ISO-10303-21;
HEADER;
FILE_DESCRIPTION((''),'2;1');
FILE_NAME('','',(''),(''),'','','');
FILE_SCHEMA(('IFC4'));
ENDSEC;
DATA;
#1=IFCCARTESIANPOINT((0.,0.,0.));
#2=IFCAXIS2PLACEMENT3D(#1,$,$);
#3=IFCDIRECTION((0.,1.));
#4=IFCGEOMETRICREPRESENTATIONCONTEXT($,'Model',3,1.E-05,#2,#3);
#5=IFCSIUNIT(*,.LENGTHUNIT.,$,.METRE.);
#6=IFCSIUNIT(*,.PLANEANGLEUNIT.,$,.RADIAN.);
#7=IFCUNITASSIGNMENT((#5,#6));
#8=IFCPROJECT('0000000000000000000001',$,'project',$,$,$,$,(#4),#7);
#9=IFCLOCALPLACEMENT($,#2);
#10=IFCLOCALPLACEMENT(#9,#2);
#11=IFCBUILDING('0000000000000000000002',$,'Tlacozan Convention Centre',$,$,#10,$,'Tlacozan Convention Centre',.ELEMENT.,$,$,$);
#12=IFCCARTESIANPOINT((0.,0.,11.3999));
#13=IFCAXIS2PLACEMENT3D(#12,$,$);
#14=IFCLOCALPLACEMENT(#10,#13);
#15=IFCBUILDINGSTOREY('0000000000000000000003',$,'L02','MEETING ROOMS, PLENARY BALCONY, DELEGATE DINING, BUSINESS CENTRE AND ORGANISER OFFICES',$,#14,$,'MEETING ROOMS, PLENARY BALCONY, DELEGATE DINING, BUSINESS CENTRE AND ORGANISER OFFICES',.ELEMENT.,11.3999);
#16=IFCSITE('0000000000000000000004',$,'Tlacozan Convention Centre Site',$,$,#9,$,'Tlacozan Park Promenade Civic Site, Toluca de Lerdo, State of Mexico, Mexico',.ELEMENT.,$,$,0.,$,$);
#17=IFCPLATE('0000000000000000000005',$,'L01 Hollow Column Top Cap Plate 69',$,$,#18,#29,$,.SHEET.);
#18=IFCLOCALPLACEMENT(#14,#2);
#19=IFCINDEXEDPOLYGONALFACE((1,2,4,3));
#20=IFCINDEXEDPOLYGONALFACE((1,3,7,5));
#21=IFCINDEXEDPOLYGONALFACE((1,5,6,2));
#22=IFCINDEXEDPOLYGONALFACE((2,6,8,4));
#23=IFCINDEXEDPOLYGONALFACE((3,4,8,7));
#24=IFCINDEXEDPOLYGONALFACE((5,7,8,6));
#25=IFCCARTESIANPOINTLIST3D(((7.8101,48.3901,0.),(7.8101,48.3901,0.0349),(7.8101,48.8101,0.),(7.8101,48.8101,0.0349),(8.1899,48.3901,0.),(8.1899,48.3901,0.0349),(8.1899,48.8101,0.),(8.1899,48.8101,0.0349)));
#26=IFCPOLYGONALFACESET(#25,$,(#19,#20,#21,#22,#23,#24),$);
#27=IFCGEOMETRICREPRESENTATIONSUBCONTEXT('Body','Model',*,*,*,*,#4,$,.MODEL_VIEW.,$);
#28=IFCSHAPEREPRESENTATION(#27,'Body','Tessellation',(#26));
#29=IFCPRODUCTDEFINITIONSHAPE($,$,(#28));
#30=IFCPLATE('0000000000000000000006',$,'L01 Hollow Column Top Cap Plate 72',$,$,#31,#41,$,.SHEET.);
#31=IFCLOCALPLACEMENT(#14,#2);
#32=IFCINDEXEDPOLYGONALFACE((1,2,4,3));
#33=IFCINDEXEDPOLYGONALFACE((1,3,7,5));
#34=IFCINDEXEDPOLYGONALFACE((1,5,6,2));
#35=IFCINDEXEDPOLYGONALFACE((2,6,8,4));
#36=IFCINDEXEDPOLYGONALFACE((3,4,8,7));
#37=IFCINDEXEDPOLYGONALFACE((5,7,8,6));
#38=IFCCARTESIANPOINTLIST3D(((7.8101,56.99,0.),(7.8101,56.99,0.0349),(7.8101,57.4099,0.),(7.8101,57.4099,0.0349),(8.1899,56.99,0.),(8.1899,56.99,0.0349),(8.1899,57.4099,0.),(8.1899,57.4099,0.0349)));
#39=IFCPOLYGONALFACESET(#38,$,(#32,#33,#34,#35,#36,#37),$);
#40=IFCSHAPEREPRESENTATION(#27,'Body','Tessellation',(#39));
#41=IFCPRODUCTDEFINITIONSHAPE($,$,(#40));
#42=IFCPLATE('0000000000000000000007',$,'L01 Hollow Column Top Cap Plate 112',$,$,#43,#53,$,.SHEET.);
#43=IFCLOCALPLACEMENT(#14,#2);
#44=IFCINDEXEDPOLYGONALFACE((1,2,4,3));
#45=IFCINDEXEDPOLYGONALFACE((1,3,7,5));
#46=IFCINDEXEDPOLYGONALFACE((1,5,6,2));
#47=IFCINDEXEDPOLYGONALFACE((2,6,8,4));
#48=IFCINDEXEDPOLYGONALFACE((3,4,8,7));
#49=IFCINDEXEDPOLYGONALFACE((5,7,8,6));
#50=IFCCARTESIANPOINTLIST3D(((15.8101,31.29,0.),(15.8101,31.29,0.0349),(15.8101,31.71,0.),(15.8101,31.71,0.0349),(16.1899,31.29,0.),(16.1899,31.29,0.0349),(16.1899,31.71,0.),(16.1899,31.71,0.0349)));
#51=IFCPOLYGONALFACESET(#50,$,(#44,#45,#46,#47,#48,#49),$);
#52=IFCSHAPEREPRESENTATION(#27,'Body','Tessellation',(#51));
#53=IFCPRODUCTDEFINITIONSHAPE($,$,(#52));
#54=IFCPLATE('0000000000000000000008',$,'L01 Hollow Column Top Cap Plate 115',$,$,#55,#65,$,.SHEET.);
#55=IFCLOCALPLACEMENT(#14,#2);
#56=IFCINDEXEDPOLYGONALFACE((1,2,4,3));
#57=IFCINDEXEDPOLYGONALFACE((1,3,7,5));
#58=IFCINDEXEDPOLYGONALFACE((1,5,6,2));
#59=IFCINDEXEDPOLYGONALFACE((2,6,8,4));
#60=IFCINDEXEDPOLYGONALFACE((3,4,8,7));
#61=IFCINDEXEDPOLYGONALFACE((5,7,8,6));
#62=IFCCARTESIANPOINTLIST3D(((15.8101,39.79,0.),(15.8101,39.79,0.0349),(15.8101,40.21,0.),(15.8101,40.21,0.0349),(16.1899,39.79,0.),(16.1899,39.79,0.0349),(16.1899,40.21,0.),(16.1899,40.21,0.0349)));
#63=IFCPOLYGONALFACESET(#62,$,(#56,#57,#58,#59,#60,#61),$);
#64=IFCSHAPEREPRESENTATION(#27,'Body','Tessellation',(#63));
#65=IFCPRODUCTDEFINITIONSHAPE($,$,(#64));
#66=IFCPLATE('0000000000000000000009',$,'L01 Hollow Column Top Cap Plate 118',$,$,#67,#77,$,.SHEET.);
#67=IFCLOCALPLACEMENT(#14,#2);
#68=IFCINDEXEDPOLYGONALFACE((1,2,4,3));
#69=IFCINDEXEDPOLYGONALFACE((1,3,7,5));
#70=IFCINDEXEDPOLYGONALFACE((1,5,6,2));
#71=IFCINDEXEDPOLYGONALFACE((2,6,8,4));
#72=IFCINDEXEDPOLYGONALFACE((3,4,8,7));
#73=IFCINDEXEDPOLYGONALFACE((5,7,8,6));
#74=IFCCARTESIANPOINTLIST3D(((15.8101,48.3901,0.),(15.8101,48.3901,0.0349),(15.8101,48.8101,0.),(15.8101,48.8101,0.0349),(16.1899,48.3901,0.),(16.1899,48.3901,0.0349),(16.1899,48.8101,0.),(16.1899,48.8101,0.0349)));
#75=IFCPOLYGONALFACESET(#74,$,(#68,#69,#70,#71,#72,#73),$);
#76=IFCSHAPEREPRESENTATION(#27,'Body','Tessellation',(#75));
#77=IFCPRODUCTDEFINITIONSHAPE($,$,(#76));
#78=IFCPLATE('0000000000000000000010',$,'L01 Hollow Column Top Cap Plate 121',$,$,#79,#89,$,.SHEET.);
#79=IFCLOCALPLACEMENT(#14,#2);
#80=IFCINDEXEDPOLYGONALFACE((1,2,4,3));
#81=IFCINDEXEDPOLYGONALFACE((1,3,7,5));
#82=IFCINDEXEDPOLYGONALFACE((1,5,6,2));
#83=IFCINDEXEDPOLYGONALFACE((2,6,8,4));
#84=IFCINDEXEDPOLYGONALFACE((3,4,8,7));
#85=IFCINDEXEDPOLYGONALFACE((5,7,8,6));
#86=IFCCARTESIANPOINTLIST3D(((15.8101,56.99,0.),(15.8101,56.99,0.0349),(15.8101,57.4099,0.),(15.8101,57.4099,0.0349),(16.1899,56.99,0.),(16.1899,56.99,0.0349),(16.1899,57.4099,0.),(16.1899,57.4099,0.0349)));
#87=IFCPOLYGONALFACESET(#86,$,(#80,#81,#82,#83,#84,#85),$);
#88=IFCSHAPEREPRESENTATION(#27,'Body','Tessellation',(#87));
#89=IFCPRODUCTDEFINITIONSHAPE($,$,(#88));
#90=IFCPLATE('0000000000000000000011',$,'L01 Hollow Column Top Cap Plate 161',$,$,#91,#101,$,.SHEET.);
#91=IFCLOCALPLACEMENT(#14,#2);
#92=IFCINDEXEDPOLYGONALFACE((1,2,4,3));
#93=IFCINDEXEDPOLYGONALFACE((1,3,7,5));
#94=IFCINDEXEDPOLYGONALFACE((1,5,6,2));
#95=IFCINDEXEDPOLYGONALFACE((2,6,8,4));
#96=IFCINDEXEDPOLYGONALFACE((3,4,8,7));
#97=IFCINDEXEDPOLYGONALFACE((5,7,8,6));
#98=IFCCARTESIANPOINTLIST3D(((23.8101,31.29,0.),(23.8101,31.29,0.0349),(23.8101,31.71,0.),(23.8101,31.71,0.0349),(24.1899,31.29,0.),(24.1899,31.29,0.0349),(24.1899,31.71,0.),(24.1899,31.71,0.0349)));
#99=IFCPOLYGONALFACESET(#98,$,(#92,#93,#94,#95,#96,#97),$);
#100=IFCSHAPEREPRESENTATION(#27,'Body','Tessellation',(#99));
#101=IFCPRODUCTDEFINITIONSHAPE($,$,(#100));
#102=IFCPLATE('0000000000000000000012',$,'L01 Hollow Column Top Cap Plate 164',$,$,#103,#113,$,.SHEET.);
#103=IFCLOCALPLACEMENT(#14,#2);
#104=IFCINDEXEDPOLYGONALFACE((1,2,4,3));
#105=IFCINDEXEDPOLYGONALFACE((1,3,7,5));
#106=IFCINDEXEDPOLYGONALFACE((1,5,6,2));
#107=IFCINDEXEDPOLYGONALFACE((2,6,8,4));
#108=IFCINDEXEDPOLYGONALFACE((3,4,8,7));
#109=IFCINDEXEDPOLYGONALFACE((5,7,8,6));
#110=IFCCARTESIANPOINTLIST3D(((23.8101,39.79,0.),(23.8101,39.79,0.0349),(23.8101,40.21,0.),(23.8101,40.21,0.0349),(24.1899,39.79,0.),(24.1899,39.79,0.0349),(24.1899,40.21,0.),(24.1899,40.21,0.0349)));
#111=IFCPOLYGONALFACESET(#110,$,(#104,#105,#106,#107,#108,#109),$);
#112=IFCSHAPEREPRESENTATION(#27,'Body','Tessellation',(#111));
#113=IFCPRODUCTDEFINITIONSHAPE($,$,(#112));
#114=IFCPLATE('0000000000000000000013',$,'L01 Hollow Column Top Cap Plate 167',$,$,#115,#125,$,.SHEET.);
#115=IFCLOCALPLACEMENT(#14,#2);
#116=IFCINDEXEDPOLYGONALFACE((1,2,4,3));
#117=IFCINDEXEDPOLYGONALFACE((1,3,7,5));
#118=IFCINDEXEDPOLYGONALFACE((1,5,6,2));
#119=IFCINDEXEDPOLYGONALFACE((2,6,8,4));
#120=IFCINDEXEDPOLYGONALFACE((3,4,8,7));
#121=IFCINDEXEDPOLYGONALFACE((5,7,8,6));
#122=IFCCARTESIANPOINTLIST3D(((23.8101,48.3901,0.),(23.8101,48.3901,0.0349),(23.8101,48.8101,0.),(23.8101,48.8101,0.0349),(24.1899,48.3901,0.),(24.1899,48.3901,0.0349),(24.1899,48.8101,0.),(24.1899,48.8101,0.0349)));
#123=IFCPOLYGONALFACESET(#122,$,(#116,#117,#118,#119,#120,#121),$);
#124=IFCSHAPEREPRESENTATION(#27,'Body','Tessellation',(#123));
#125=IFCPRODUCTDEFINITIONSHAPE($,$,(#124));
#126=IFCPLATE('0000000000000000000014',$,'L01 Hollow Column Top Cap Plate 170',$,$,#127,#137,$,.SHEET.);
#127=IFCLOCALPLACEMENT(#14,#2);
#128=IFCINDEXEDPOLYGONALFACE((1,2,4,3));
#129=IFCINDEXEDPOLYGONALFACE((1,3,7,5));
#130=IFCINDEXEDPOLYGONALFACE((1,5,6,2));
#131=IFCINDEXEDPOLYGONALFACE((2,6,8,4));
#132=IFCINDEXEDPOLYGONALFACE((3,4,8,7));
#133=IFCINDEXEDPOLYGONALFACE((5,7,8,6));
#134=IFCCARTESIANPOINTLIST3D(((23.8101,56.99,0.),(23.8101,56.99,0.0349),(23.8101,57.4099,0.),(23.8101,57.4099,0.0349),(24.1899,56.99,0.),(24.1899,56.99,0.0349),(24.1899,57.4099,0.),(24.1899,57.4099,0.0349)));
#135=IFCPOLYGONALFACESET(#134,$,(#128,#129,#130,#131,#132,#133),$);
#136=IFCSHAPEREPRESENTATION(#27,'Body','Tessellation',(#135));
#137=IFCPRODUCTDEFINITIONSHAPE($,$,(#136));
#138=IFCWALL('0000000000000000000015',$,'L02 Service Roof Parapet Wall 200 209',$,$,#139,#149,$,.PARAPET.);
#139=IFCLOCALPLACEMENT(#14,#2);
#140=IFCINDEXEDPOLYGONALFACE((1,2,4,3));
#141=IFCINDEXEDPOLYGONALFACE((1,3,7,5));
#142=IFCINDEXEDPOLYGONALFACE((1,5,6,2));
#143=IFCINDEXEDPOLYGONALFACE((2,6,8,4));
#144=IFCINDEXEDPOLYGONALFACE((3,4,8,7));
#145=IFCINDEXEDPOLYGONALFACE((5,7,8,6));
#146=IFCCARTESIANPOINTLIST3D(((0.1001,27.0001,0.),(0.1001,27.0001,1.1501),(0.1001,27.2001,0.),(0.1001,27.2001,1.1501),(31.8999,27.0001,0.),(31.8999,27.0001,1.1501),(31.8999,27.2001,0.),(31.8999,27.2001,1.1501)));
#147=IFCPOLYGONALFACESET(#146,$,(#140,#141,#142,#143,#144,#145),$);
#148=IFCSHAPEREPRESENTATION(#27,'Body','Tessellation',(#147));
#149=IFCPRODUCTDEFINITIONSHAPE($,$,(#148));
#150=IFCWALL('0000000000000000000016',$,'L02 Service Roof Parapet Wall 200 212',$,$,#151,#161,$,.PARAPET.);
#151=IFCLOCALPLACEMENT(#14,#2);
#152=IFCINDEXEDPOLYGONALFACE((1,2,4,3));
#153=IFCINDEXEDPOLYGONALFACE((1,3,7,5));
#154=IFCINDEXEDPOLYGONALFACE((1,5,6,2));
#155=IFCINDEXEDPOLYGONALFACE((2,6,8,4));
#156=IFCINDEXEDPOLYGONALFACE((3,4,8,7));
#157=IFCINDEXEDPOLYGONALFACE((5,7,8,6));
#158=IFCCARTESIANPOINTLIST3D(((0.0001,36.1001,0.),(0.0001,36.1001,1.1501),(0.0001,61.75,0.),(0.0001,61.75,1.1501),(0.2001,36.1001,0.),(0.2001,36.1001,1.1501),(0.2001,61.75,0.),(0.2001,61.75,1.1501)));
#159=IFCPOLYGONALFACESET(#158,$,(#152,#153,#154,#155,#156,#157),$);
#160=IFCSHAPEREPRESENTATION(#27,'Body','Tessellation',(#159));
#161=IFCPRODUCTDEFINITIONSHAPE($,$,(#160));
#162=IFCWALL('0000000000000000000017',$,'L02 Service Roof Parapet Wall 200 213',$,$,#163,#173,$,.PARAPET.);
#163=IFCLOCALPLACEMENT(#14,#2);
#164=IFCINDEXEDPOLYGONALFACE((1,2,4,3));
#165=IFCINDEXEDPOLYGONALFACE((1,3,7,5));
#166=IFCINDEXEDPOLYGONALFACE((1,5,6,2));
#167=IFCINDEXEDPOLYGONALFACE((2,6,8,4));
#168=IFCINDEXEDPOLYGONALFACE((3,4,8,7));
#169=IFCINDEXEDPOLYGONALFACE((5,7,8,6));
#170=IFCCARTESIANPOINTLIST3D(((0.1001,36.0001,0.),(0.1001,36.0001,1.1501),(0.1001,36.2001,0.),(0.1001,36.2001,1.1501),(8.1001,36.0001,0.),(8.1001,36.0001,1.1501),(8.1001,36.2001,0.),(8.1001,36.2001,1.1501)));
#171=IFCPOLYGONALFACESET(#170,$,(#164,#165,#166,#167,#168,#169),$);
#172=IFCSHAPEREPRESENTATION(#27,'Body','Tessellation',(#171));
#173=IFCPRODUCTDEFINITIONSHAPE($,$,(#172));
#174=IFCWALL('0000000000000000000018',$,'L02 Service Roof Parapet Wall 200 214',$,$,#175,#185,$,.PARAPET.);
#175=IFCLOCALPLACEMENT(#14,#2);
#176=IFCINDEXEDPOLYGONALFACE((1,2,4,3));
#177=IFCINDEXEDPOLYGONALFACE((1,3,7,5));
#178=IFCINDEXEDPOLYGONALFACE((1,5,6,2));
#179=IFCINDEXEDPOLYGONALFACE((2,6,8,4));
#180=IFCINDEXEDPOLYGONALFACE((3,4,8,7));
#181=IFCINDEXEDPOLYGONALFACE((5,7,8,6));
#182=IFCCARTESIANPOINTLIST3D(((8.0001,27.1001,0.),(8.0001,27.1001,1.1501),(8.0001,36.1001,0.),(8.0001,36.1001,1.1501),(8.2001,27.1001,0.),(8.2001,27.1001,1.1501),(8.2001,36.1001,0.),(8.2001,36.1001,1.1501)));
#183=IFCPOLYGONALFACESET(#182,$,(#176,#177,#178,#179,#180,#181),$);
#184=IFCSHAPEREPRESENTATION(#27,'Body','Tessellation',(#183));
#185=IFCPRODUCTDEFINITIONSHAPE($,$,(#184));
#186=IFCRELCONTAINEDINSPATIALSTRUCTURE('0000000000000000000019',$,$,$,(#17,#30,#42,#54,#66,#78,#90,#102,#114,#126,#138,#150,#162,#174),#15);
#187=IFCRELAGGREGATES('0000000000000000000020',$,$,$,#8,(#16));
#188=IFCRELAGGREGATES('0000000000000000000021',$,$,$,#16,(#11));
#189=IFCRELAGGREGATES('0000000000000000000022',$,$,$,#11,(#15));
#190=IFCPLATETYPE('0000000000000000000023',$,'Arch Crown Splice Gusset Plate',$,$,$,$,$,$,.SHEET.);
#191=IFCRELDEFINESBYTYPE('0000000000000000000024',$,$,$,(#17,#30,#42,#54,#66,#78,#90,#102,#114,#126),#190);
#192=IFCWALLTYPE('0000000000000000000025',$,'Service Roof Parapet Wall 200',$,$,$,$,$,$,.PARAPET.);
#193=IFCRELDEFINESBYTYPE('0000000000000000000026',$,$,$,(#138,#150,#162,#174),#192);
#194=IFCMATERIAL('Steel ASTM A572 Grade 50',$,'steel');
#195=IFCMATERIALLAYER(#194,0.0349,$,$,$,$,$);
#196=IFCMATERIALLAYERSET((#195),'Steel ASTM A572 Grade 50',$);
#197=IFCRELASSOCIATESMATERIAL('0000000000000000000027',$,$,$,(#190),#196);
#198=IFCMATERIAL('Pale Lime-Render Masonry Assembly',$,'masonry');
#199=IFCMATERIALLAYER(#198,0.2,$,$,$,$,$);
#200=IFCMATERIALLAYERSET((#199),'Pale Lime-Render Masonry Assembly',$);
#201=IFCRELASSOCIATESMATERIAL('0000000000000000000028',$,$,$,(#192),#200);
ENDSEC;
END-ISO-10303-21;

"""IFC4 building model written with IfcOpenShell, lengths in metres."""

from ifc_helpers import new_model, si_unit, direction, frame, frame_2d, origin, origin_2d, place, context, subcontext, project, spatial, rectangle, extrude, material, layer, layer_set, type_object, element, save


model = new_model("IFC4")

# Units and contexts
model_context = context("Model", 3, precision=1e-05, world=origin(), true_north=direction((0.0, 1.0)))
body_context = subcontext(model_context, "Body", "Model", "MODEL_VIEW")
ifc_project = project(units=[si_unit("LENGTHUNIT", "METRE"), si_unit("PLANEANGLEUNIT", "RADIAN")], contexts=[model_context])

# Site, building, storey
site_placement = place(None, origin())
site = spatial("IfcSite", under=ifc_project, at=site_placement, Name="Tlacozan Convention Centre Site", LongName="Tlacozan Park Promenade Civic Site, Toluca de Lerdo, State of Mexico, Mexico", CompositionType="ELEMENT", RefElevation=0.0)
building_placement = place(site_placement, origin())
building = spatial("IfcBuilding", under=site, at=building_placement, Name="Tlacozan Convention Centre", LongName="Tlacozan Convention Centre", CompositionType="ELEMENT")
storey_placement = place(building_placement, frame((0.0, 0.0, 11.3999)))
storey = spatial("IfcBuildingStorey", under=building, at=storey_placement, Name="L02", Description="MEETING ROOMS, PLENARY BALCONY, DELEGATE DINING, BUSINESS CENTRE AND ORGANISER OFFICES", LongName="MEETING ROOMS, PLENARY BALCONY, DELEGATE DINING, BUSINESS CENTRE AND ORGANISER OFFICES", CompositionType="ELEMENT", Elevation=11.3999)

# Plates
ifc_material_1 = material(Name="Steel ASTM A572 Grade 50", Category="steel")
ifc_layer_1 = layer(ifc_material_1, 0.0349)
ifc_layer_set_1 = layer_set([ifc_layer_1], Name="Steel ASTM A572 Grade 50")
plate_type = type_object("IfcPlateType", Name="Arch Crown Splice Gusset Plate", PredefinedType="SHEET", material=ifc_layer_set_1)
for number, where, z_axis, x_axis, name in (
    (1, (8.0, 48.6001, 0.0), (0.0, 0.0, 1.0), (1.0, 0.0, 0.0), "L01 Hollow Column Top Cap Plate 69"),
    (2, (8.0, 57.2, 0.0), (0.0, 0.0, 1.0), (1.0, 0.0, 0.0), "L01 Hollow Column Top Cap Plate 72"),
    (3, (16.0, 31.5, 0.0), (0.0, 0.0, 1.0), (1.0, 0.0, 0.0), "L01 Hollow Column Top Cap Plate 112"),
    (4, (16.0, 40.0, 0.0), (0.0, 0.0, 1.0), (1.0, 0.0, 0.0), "L01 Hollow Column Top Cap Plate 115"),
    (5, (16.0, 48.6001, 0.0), (0.0, 0.0, 1.0), (1.0, 0.0, 0.0), "L01 Hollow Column Top Cap Plate 118"),
    (6, (16.0, 57.2, 0.0), (0.0, 0.0, 1.0), (1.0, 0.0, 0.0), "L01 Hollow Column Top Cap Plate 121"),
    (7, (24.0, 31.5, 0.0), (0.0, 0.0, 1.0), (1.0, 0.0, 0.0), "L01 Hollow Column Top Cap Plate 161"),
    (8, (24.0, 40.0, 0.0), (0.0, 0.0, 1.0), (1.0, 0.0, 0.0), "L01 Hollow Column Top Cap Plate 164"),
    (9, (24.0, 48.6001, 0.0), (0.0, 0.0, 1.0), (1.0, 0.0, 0.0), "L01 Hollow Column Top Cap Plate 167"),
    (10, (24.0, 57.2, 0.0), (0.0, 0.0, 1.0), (1.0, 0.0, 0.0), "L01 Hollow Column Top Cap Plate 170"),
):
    element("IfcPlate", number, at=place(storey_placement, frame(where, z_axis=z_axis, x_axis=x_axis)), inside=storey, type_object=plate_type, Name=name, PredefinedType="SHEET", context=body_context, shape_type="SweptSolid", body=[
        extrude(rectangle(XDim=0.3799, YDim=0.4199, at=origin_2d()), origin(), (0.0, 0.0, 1.0), 0.0349),
    ])

# Walls
ifc_material_2 = material(Name="Pale Lime-Render Masonry Assembly", Category="masonry")
ifc_layer_2 = layer(ifc_material_2, 0.2)
ifc_layer_set_2 = layer_set([ifc_layer_2], Name="Pale Lime-Render Masonry Assembly")
wall_type = type_object("IfcWallType", Name="Service Roof Parapet Wall 200", PredefinedType="PARAPET", material=ifc_layer_set_2)
wall_1_placement = place(storey_placement, frame((0.1001, 27.1001, 0.0), z_axis=(0.0, 0.0, 1.0), x_axis=(1.0, 0.0, 0.0)))
element("IfcWall", 11, at=wall_1_placement, inside=storey, type_object=wall_type, Name="L02 Service Roof Parapet Wall 200 209", PredefinedType="PARAPET", context=body_context, shape_type="SweptSolid", body=[
    extrude(rectangle(XDim=31.7998, YDim=0.2, at=frame_2d((15.8999, 0.0))), origin(), (0.0, 0.0, 1.0), 1.1501),
])
wall_2_placement = place(storey_placement, frame((0.1001, 61.75, 0.0), z_axis=(0.0, 0.0, 1.0), x_axis=(0.0, -1.0, 0.0)))
element("IfcWall", 12, at=wall_2_placement, inside=storey, type_object=wall_type, Name="L02 Service Roof Parapet Wall 200 212", PredefinedType="PARAPET", context=body_context, shape_type="SweptSolid", body=[
    extrude(rectangle(XDim=25.6499, YDim=0.2, at=frame_2d((12.825, 0.0))), origin(), (0.0, 0.0, 1.0), 1.1501),
])
wall_3_placement = place(storey_placement, frame((0.1001, 36.1001, 0.0), z_axis=(0.0, 0.0, 1.0), x_axis=(1.0, 0.0, 0.0)))
element("IfcWall", 13, at=wall_3_placement, inside=storey, type_object=wall_type, Name="L02 Service Roof Parapet Wall 200 213", PredefinedType="PARAPET", context=body_context, shape_type="SweptSolid", body=[
    extrude(rectangle(XDim=8.0, YDim=0.2, at=frame_2d((4.0, 0.0))), origin(), (0.0, 0.0, 1.0), 1.1501),
])
wall_4_placement = place(storey_placement, frame((8.1001, 36.1001, 0.0), z_axis=(0.0, 0.0, 1.0), x_axis=(0.0, -1.0, 0.0)))
element("IfcWall", 14, at=wall_4_placement, inside=storey, type_object=wall_type, Name="L02 Service Roof Parapet Wall 200 214", PredefinedType="PARAPET", context=body_context, shape_type="SweptSolid", body=[
    extrude(rectangle(XDim=9.0, YDim=0.2, at=frame_2d((4.5, 0.0))), origin(), (0.0, 0.0, 1.0), 1.1501),
])

save(model, "model.ifc")
